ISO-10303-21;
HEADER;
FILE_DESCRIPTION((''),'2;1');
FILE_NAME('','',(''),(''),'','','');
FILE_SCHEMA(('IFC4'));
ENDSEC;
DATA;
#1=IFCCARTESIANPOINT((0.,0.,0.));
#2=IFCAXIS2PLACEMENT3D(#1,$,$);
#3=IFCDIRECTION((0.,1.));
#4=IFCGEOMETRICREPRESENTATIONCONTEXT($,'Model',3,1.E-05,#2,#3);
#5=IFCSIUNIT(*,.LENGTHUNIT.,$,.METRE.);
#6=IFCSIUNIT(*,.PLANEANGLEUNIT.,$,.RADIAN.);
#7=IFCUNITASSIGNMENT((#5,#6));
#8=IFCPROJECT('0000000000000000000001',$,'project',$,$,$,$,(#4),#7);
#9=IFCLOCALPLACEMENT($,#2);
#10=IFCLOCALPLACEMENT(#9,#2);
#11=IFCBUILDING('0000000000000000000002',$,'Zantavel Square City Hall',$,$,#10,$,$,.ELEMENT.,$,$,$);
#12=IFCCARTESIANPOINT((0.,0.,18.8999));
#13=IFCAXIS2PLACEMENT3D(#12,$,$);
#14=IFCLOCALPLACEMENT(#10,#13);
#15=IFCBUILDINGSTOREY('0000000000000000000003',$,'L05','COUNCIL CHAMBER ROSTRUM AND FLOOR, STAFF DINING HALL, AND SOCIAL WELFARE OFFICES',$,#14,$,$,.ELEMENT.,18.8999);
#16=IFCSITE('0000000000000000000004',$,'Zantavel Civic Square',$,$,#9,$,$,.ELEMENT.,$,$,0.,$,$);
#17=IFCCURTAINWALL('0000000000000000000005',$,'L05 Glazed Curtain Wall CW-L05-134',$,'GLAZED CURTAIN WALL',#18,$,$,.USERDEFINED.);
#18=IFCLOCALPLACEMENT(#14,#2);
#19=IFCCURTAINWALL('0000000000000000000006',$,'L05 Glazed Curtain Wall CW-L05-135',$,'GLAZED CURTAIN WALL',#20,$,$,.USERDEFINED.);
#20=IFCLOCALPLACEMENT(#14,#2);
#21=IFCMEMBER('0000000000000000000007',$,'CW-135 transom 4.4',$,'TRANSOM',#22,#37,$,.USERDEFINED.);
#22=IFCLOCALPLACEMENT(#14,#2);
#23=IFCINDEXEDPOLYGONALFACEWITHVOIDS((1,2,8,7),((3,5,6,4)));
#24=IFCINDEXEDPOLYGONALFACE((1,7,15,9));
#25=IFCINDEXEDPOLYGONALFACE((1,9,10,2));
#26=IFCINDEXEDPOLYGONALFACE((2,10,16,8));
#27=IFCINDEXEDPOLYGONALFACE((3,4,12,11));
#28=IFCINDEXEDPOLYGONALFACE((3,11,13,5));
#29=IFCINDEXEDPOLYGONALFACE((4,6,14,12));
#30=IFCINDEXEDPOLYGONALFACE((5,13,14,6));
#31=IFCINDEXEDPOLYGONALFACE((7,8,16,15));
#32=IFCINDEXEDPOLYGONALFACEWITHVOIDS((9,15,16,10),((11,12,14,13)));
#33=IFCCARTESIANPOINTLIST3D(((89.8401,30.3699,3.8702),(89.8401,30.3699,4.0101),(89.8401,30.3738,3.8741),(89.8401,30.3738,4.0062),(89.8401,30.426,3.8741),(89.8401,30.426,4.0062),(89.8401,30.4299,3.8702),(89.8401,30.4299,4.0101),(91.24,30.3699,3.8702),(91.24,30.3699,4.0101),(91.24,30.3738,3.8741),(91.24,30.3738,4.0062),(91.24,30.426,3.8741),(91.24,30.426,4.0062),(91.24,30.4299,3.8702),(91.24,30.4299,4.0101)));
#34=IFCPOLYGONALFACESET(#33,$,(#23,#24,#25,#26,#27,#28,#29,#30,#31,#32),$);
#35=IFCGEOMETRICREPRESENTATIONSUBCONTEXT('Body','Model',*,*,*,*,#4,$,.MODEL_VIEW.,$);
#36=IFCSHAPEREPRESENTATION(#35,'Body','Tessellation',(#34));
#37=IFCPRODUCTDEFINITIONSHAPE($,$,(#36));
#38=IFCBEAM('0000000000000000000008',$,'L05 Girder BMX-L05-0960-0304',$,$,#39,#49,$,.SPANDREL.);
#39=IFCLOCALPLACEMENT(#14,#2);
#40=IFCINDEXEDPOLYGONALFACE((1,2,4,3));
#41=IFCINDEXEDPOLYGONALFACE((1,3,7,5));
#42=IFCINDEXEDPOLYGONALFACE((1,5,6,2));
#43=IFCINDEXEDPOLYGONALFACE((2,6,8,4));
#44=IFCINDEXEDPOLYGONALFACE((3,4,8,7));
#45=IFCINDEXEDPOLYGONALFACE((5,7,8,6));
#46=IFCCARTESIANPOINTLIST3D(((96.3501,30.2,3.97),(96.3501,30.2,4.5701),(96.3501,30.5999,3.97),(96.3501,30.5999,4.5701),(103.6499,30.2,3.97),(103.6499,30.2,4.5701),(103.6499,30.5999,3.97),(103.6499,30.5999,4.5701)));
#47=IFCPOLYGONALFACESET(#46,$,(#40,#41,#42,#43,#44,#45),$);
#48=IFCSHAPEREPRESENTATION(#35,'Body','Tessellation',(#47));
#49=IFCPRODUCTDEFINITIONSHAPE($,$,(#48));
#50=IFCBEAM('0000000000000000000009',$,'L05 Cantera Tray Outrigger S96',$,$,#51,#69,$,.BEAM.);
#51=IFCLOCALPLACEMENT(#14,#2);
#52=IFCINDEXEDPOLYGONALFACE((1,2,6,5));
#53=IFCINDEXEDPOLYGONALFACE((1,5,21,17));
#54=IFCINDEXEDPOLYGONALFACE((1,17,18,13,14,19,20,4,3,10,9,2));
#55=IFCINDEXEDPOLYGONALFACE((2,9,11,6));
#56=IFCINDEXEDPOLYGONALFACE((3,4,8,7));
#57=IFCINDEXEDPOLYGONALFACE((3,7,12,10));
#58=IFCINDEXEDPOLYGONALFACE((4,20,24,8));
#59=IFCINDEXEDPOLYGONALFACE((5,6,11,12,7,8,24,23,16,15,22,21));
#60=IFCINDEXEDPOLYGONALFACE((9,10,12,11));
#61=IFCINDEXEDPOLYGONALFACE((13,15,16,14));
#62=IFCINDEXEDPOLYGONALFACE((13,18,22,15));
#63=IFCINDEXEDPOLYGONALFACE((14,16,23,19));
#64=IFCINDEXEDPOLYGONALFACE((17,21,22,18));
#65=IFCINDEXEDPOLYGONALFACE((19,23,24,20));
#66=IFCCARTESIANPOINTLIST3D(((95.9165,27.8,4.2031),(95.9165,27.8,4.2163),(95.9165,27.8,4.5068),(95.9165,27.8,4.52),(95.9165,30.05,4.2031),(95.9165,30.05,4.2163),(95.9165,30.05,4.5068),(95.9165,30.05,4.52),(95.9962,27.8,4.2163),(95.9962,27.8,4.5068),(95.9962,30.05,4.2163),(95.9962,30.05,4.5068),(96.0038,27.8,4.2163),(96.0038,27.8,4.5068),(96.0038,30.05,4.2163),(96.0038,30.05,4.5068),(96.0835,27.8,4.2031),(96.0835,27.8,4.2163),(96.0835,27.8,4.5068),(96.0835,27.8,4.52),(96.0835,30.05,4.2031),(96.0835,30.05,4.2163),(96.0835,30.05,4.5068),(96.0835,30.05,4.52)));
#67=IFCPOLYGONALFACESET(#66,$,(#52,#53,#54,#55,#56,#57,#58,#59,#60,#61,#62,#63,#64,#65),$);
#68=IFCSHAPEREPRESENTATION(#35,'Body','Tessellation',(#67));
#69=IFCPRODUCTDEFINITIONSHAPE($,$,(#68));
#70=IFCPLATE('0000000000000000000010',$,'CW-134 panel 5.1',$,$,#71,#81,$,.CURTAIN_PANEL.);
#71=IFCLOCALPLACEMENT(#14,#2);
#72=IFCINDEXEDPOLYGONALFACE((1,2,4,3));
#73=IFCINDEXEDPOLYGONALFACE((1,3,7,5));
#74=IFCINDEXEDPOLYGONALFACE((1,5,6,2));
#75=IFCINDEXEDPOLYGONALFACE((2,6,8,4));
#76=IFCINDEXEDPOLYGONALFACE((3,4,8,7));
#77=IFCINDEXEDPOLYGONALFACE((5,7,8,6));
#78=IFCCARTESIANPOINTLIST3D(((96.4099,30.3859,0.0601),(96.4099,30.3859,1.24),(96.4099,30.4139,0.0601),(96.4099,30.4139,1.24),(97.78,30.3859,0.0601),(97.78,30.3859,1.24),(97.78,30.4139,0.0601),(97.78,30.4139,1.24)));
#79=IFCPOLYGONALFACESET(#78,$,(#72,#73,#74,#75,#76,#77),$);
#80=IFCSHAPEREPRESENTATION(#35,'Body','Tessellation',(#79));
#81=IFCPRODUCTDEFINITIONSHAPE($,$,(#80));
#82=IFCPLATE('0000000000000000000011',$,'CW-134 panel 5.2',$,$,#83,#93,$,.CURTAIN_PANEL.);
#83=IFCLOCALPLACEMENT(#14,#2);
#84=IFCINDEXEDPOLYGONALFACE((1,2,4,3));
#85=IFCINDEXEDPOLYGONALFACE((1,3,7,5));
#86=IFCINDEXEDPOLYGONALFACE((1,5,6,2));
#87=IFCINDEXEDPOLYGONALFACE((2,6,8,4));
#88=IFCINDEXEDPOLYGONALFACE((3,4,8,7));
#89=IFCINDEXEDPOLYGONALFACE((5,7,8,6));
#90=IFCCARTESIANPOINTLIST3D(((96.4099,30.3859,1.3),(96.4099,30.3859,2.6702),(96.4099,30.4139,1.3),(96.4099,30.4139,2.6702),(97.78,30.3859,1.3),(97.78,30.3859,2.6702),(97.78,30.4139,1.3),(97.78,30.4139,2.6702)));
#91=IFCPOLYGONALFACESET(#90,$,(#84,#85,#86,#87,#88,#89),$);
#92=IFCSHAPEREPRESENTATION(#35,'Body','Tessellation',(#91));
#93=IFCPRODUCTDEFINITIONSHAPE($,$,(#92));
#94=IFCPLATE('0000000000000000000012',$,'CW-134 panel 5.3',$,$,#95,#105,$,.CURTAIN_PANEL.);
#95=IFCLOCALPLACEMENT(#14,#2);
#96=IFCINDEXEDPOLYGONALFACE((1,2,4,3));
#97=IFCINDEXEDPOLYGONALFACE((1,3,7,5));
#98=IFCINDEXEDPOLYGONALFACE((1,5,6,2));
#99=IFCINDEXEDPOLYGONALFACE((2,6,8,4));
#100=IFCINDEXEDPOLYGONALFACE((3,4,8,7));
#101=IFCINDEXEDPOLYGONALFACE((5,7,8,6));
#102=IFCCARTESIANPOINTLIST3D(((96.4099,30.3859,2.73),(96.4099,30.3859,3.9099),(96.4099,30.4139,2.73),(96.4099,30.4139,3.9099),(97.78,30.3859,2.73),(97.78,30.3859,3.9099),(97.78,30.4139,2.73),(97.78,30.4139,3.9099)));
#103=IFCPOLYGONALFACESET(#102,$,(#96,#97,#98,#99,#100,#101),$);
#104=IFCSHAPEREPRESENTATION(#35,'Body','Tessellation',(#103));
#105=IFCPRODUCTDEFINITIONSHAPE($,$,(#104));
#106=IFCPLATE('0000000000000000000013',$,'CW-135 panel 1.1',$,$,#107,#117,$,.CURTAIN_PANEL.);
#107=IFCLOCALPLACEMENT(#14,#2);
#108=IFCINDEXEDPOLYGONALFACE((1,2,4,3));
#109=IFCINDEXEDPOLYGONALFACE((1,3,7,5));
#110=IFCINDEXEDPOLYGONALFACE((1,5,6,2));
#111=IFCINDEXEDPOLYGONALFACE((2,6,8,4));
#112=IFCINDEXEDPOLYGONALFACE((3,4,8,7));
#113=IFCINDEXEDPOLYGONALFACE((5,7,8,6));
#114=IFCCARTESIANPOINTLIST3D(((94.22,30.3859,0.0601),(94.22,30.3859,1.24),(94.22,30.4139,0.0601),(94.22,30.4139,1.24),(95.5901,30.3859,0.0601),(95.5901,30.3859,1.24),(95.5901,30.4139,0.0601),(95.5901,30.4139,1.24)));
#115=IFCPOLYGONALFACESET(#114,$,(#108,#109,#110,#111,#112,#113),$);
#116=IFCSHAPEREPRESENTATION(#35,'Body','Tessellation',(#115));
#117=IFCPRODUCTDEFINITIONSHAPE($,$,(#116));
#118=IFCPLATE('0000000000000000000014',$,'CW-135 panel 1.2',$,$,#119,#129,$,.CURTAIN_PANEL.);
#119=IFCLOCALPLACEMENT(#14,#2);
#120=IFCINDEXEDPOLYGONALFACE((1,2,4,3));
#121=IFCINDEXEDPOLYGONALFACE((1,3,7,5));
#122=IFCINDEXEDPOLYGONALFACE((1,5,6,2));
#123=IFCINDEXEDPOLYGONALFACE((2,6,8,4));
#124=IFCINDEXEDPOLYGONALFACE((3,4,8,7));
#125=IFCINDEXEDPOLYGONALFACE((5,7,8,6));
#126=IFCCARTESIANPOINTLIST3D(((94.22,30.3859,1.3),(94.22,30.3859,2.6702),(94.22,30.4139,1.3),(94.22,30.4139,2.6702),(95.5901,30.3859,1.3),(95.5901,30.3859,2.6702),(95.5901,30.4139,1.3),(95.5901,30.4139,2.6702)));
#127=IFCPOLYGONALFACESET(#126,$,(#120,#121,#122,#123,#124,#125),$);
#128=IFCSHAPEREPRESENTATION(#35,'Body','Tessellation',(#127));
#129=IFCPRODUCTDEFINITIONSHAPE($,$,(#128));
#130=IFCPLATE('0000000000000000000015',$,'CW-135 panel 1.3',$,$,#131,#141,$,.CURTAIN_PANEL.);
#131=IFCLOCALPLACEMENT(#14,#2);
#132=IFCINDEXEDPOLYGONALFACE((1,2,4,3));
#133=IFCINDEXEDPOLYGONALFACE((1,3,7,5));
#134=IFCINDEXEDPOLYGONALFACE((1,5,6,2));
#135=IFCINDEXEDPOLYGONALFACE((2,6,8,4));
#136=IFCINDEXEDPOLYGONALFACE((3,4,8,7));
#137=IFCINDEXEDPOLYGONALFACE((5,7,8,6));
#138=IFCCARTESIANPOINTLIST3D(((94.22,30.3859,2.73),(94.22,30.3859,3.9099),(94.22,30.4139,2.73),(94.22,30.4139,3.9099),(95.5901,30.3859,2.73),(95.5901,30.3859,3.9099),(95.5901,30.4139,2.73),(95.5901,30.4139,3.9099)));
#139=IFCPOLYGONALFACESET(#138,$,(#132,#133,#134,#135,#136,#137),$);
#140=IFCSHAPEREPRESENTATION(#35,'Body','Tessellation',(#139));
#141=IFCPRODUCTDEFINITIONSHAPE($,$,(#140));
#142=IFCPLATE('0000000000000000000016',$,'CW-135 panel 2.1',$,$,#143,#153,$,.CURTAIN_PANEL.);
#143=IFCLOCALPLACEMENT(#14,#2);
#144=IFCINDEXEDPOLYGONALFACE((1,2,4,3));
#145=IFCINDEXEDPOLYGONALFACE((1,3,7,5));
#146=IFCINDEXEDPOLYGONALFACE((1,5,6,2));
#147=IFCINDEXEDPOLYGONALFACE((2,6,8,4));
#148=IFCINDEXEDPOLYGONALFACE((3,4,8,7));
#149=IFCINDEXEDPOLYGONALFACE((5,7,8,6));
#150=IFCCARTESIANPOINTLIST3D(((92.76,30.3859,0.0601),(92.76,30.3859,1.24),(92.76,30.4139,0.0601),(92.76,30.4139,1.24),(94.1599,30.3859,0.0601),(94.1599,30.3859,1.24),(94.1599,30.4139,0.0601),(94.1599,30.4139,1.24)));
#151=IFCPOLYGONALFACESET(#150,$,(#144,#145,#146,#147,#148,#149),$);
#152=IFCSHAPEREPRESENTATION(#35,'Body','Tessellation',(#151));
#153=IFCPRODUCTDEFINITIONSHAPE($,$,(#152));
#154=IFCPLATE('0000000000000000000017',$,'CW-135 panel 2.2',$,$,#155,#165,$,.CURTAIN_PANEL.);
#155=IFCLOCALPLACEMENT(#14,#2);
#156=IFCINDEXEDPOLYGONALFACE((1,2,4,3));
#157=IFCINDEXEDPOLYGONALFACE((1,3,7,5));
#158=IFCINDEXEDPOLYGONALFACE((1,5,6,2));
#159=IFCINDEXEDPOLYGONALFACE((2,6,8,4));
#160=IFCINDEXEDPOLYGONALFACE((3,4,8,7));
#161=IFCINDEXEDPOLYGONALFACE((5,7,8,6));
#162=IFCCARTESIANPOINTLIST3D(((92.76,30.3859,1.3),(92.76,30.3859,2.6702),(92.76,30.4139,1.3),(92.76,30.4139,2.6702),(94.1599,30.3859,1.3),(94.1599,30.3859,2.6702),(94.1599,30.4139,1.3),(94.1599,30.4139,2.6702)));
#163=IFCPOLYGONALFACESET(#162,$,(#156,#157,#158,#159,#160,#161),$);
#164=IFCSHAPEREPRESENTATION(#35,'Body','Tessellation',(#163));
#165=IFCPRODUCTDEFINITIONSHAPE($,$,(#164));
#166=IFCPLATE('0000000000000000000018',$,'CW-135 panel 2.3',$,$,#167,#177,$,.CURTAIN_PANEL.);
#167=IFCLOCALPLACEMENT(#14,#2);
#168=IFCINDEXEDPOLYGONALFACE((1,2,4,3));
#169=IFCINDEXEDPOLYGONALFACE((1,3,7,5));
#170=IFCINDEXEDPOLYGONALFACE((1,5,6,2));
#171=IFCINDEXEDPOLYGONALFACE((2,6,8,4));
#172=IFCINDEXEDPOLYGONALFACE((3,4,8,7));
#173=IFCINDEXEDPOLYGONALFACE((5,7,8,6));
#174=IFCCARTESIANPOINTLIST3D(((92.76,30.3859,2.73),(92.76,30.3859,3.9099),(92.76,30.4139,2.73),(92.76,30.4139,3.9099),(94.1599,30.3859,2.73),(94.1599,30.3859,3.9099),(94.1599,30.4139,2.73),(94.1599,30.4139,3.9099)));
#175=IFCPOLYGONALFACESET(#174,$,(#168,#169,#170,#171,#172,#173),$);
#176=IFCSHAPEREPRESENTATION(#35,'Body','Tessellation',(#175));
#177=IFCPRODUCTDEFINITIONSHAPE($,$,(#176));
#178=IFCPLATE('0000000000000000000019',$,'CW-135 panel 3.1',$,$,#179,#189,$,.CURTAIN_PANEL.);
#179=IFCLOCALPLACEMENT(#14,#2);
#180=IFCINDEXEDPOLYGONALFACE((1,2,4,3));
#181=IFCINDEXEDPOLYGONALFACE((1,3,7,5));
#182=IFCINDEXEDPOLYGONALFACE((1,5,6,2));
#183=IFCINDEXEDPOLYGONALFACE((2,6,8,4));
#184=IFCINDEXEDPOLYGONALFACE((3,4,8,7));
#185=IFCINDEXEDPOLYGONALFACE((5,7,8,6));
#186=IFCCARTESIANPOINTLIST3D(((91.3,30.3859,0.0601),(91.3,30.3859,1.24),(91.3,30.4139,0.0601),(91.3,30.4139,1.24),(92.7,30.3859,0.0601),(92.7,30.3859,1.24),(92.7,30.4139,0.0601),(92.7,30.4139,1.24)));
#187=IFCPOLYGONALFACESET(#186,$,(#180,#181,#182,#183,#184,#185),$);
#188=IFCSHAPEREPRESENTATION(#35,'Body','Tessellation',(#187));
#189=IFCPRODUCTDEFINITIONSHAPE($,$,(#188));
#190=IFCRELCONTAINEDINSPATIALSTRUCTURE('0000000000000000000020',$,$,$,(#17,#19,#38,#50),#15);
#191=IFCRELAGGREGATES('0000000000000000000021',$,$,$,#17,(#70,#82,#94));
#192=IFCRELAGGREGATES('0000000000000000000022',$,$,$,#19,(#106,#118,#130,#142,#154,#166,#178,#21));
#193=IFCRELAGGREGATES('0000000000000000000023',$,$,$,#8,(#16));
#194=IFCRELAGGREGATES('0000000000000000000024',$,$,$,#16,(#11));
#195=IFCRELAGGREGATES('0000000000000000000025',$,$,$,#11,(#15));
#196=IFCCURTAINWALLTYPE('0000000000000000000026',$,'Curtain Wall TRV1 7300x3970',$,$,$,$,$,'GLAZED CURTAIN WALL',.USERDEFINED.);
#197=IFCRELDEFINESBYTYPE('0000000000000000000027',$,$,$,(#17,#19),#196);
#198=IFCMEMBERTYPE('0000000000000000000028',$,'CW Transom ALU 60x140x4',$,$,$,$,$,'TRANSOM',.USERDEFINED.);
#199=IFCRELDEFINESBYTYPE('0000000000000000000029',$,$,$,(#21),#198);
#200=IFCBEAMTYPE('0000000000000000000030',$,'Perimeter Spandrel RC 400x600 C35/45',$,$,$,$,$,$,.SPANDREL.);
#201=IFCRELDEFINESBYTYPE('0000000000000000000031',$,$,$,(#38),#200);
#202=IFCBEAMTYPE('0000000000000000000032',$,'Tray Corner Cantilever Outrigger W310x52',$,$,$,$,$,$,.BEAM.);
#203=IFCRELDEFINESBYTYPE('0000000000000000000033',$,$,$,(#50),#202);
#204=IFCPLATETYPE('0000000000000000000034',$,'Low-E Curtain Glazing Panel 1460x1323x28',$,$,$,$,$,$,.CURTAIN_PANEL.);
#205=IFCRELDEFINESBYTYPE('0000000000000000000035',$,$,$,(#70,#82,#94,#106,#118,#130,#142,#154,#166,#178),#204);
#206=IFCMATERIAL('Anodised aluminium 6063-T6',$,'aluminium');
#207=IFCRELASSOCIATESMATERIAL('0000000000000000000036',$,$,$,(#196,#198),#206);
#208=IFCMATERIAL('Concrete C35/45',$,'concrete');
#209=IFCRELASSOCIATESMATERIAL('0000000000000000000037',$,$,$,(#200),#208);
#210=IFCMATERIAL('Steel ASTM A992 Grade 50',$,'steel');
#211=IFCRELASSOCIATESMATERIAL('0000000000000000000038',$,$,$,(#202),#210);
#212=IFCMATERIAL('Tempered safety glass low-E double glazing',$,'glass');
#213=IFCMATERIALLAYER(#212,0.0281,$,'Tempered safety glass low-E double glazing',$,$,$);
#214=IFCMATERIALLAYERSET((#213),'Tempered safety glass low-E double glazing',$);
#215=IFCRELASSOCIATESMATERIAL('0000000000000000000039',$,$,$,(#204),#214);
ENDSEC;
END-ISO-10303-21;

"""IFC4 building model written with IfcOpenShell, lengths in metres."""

from ifc_helpers import new_model, si_unit, direction, frame, origin, origin_2d, place, context, subcontext, project, spatial, rectangle, hollow_rectangle, i_section, extrude, material, layer, layer_set, material_profile, profile_set, type_object, element, aggregate, save


model = new_model("IFC4")

# Units and contexts
model_context = context("Model", 3, precision=1e-05, world=origin(), true_north=direction((0.0, 1.0)))
body_context = subcontext(model_context, "Body", "Model", "MODEL_VIEW")
ifc_project = project(units=[si_unit("LENGTHUNIT", "METRE"), si_unit("PLANEANGLEUNIT", "RADIAN")], contexts=[model_context])

# Site, building, storey
site_placement = place(None, origin())
site = spatial("IfcSite", under=ifc_project, at=site_placement, Name="Zantavel Civic Square", CompositionType="ELEMENT", RefElevation=0.0)
building_placement = place(site_placement, origin())
building = spatial("IfcBuilding", under=site, at=building_placement, Name="Zantavel Square City Hall", CompositionType="ELEMENT")
storey_placement = place(building_placement, frame((0.0, 0.0, 18.8999)))
storey = spatial("IfcBuildingStorey", under=building, at=storey_placement, Name="L05", Description="COUNCIL CHAMBER ROSTRUM AND FLOOR, STAFF DINING HALL, AND SOCIAL WELFARE OFFICES", CompositionType="ELEMENT", Elevation=18.8999)

# Curtain wall
ifc_material_1 = material(Name="Anodised aluminium 6063-T6", Category="aluminium")
curtain_wall_type = type_object("IfcCurtainWallType", Name="Curtain Wall TRV1 7300x3970", ElementType="GLAZED CURTAIN WALL", PredefinedType="USERDEFINED", material=ifc_material_1)
curtain_wall_1_placement = place(storey_placement, origin())
curtain_wall_1 = element("IfcCurtainWall", 1, at=curtain_wall_1_placement, inside=storey, type_object=curtain_wall_type, Name="L05 Glazed Curtain Wall CW-L05-134", ObjectType="GLAZED CURTAIN WALL", PredefinedType="USERDEFINED")

# Curtain wall
curtain_wall_2_placement = place(storey_placement, origin())
curtain_wall_2 = element("IfcCurtainWall", 2, at=curtain_wall_2_placement, inside=storey, type_object=curtain_wall_type, Name="L05 Glazed Curtain Wall CW-L05-135", ObjectType="GLAZED CURTAIN WALL", PredefinedType="USERDEFINED")

# Member
ifc_material_profile_1 = material_profile(ifc_material_1, hollow_rectangle(XDim=0.0601, YDim=0.1399, WallThickness=0.0039, at=origin_2d()), Name="ALU 60x140x4")
ifc_profile_set_1 = profile_set([ifc_material_profile_1], Name="Anodised aluminium 6063-T6")
member_type_1 = type_object("IfcMemberType", Name="CW Transom ALU 60x140x4", ElementType="TRANSOM", PredefinedType="USERDEFINED", material=ifc_profile_set_1)
member_1_placement = place(storey_placement, frame((91.24, 30.3999, 3.9402), z_axis=(-1.0, 0.0, 0.0), x_axis=(0.0, -1.0, 0.0)))
member_1 = element("IfcMember", 3, at=member_1_placement, type_object=member_type_1, Name="CW-135 transom 4.4", ObjectType="TRANSOM", PredefinedType="USERDEFINED", context=body_context, shape_type="SweptSolid", body=[
    extrude(hollow_rectangle(XDim=0.0601, YDim=0.1399, WallThickness=0.0039, at=origin_2d()), origin(), (0.0, 0.0, 1.0), 1.3999),
])

# Beams
ifc_material_2 = material(Name="Concrete C35/45", Category="concrete")
ifc_material_profile_2 = material_profile(ifc_material_2, rectangle(XDim=0.3999, YDim=0.6001, at=origin_2d()), Name="RC 400x600")
ifc_profile_set_2 = profile_set([ifc_material_profile_2], Name="Concrete C35/45")
beam_type_1 = type_object("IfcBeamType", Name="Perimeter Spandrel RC 400x600 C35/45", PredefinedType="SPANDREL", material=ifc_profile_set_2)
beam_1_placement = place(storey_placement, frame((96.3501, 30.3999, 4.27), z_axis=(1.0, 0.0, 0.0), x_axis=(0.0, 1.0, 0.0)))
element("IfcBeam", 4, at=beam_1_placement, inside=storey, type_object=beam_type_1, Name="L05 Girder BMX-L05-0960-0304", PredefinedType="SPANDREL", context=body_context, shape_type="SweptSolid", body=[
    extrude(rectangle(XDim=0.3999, YDim=0.6001, at=origin_2d()), origin(), (0.0, 0.0, 1.0), 7.2998),
])
ifc_material_3 = material(Name="Steel ASTM A992 Grade 50", Category="steel")
ifc_material_profile_3 = material_profile(ifc_material_3, i_section(OverallWidth=0.167, OverallDepth=0.3169, WebThickness=0.0076, FlangeThickness=0.0132, at=origin_2d()), Name="W310x52")
ifc_profile_set_3 = profile_set([ifc_material_profile_3], Name="Steel ASTM A992 Grade 50")
beam_type_2 = type_object("IfcBeamType", Name="Tray Corner Cantilever Outrigger W310x52", PredefinedType="BEAM", material=ifc_profile_set_3)
beam_2_placement = place(storey_placement, frame((96.0, 30.05, 4.3616), z_axis=(0.0, -1.0, 0.0), x_axis=(1.0, 0.0, 0.0)))
element("IfcBeam", 5, at=beam_2_placement, inside=storey, type_object=beam_type_2, Name="L05 Cantera Tray Outrigger S96", PredefinedType="BEAM", context=body_context, shape_type="SweptSolid", body=[
    extrude(i_section(OverallWidth=0.167, OverallDepth=0.3169, WebThickness=0.0076, FlangeThickness=0.0132, at=origin_2d()), origin(), (0.0, 0.0, 1.0), 2.25),
])

# Plates
ifc_material_4 = material(Name="Tempered safety glass low-E double glazing", Category="glass")
ifc_layer = layer(ifc_material_4, 0.0281, Name="Tempered safety glass low-E double glazing")
ifc_layer_set = layer_set([ifc_layer], Name="Tempered safety glass low-E double glazing")
plate_type = type_object("IfcPlateType", Name="Low-E Curtain Glazing Panel 1460x1323x28", PredefinedType="CURTAIN_PANEL", material=ifc_layer_set)
plate_1_placement = place(storey_placement, frame((97.095, 30.3999, 0.0601), z_axis=(0.0, 0.0, 1.0), x_axis=(-1.0, 0.0, 0.0)))
plate_1 = element("IfcPlate", 6, at=plate_1_placement, type_object=plate_type, Name="CW-134 panel 5.1", PredefinedType="CURTAIN_PANEL", context=body_context, shape_type="SweptSolid", body=[
    extrude(rectangle(XDim=1.3701, YDim=0.0281, at=origin_2d()), origin(), (0.0, 0.0, 1.0), 1.1799),
])
plate_2_placement = place(storey_placement, frame((97.095, 30.3999, 1.3), z_axis=(0.0, 0.0, 1.0), x_axis=(-1.0, 0.0, 0.0)))
plate_2 = element("IfcPlate", 7, at=plate_2_placement, type_object=plate_type, Name="CW-134 panel 5.2", PredefinedType="CURTAIN_PANEL", context=body_context, shape_type="SweptSolid", body=[
    extrude(rectangle(XDim=1.3701, YDim=0.0281, at=origin_2d()), origin(), (0.0, 0.0, 1.0), 1.3701),
])
plate_3_placement = place(storey_placement, frame((97.095, 30.3999, 2.73), z_axis=(0.0, 0.0, 1.0), x_axis=(-1.0, 0.0, 0.0)))
plate_3 = element("IfcPlate", 8, at=plate_3_placement, type_object=plate_type, Name="CW-134 panel 5.3", PredefinedType="CURTAIN_PANEL", context=body_context, shape_type="SweptSolid", body=[
    extrude(rectangle(XDim=1.3701, YDim=0.0281, at=origin_2d()), origin(), (0.0, 0.0, 1.0), 1.1799),
])
aggregate(curtain_wall_1, [plate_1, plate_2, plate_3])
plate_4_placement = place(storey_placement, frame((94.905, 30.3999, 0.0601), z_axis=(0.0, 0.0, 1.0), x_axis=(-1.0, 0.0, 0.0)))
plate_4 = element("IfcPlate", 9, at=plate_4_placement, type_object=plate_type, Name="CW-135 panel 1.1", PredefinedType="CURTAIN_PANEL", context=body_context, shape_type="SweptSolid", body=[
    extrude(rectangle(XDim=1.3701, YDim=0.0281, at=origin_2d()), origin(), (0.0, 0.0, 1.0), 1.1799),
])
plate_5_placement = place(storey_placement, frame((94.905, 30.3999, 1.3), z_axis=(0.0, 0.0, 1.0), x_axis=(-1.0, 0.0, 0.0)))
plate_5 = element("IfcPlate", 10, at=plate_5_placement, type_object=plate_type, Name="CW-135 panel 1.2", PredefinedType="CURTAIN_PANEL", context=body_context, shape_type="SweptSolid", body=[
    extrude(rectangle(XDim=1.3701, YDim=0.0281, at=origin_2d()), origin(), (0.0, 0.0, 1.0), 1.3701),
])
plate_6_placement = place(storey_placement, frame((94.905, 30.3999, 2.73), z_axis=(0.0, 0.0, 1.0), x_axis=(-1.0, 0.0, 0.0)))
plate_6 = element("IfcPlate", 11, at=plate_6_placement, type_object=plate_type, Name="CW-135 panel 1.3", PredefinedType="CURTAIN_PANEL", context=body_context, shape_type="SweptSolid", body=[
    extrude(rectangle(XDim=1.3701, YDim=0.0281, at=origin_2d()), origin(), (0.0, 0.0, 1.0), 1.1799),
])
plate_7_placement = place(storey_placement, frame((93.46, 30.3999, 0.0601), z_axis=(0.0, 0.0, 1.0), x_axis=(-1.0, 0.0, 0.0)))
plate_7 = element("IfcPlate", 12, at=plate_7_placement, type_object=plate_type, Name="CW-135 panel 2.1", PredefinedType="CURTAIN_PANEL", context=body_context, shape_type="SweptSolid", body=[
    extrude(rectangle(XDim=1.3999, YDim=0.0281, at=origin_2d()), origin(), (0.0, 0.0, 1.0), 1.1799),
])
plate_8_placement = place(storey_placement, frame((93.46, 30.3999, 1.3), z_axis=(0.0, 0.0, 1.0), x_axis=(-1.0, 0.0, 0.0)))
plate_8 = element("IfcPlate", 13, at=plate_8_placement, type_object=plate_type, Name="CW-135 panel 2.2", PredefinedType="CURTAIN_PANEL", context=body_context, shape_type="SweptSolid", body=[
    extrude(rectangle(XDim=1.3999, YDim=0.0281, at=origin_2d()), origin(), (0.0, 0.0, 1.0), 1.3701),
])
plate_9_placement = place(storey_placement, frame((93.46, 30.3999, 2.73), z_axis=(0.0, 0.0, 1.0), x_axis=(-1.0, 0.0, 0.0)))
plate_9 = element("IfcPlate", 14, at=plate_9_placement, type_object=plate_type, Name="CW-135 panel 2.3", PredefinedType="CURTAIN_PANEL", context=body_context, shape_type="SweptSolid", body=[
    extrude(rectangle(XDim=1.3999, YDim=0.0281, at=origin_2d()), origin(), (0.0, 0.0, 1.0), 1.1799),
])
plate_10_placement = place(storey_placement, frame((92.0, 30.3999, 0.0601), z_axis=(0.0, 0.0, 1.0), x_axis=(-1.0, 0.0, 0.0)))
plate_10 = element("IfcPlate", 15, at=plate_10_placement, type_object=plate_type, Name="CW-135 panel 3.1", PredefinedType="CURTAIN_PANEL", context=body_context, shape_type="SweptSolid", body=[
    extrude(rectangle(XDim=1.3999, YDim=0.0281, at=origin_2d()), origin(), (0.0, 0.0, 1.0), 1.1799),
])
aggregate(curtain_wall_2, [plate_4, plate_5, plate_6, plate_7, plate_8, plate_9, plate_10, member_1])

save(model, "model.ifc")
